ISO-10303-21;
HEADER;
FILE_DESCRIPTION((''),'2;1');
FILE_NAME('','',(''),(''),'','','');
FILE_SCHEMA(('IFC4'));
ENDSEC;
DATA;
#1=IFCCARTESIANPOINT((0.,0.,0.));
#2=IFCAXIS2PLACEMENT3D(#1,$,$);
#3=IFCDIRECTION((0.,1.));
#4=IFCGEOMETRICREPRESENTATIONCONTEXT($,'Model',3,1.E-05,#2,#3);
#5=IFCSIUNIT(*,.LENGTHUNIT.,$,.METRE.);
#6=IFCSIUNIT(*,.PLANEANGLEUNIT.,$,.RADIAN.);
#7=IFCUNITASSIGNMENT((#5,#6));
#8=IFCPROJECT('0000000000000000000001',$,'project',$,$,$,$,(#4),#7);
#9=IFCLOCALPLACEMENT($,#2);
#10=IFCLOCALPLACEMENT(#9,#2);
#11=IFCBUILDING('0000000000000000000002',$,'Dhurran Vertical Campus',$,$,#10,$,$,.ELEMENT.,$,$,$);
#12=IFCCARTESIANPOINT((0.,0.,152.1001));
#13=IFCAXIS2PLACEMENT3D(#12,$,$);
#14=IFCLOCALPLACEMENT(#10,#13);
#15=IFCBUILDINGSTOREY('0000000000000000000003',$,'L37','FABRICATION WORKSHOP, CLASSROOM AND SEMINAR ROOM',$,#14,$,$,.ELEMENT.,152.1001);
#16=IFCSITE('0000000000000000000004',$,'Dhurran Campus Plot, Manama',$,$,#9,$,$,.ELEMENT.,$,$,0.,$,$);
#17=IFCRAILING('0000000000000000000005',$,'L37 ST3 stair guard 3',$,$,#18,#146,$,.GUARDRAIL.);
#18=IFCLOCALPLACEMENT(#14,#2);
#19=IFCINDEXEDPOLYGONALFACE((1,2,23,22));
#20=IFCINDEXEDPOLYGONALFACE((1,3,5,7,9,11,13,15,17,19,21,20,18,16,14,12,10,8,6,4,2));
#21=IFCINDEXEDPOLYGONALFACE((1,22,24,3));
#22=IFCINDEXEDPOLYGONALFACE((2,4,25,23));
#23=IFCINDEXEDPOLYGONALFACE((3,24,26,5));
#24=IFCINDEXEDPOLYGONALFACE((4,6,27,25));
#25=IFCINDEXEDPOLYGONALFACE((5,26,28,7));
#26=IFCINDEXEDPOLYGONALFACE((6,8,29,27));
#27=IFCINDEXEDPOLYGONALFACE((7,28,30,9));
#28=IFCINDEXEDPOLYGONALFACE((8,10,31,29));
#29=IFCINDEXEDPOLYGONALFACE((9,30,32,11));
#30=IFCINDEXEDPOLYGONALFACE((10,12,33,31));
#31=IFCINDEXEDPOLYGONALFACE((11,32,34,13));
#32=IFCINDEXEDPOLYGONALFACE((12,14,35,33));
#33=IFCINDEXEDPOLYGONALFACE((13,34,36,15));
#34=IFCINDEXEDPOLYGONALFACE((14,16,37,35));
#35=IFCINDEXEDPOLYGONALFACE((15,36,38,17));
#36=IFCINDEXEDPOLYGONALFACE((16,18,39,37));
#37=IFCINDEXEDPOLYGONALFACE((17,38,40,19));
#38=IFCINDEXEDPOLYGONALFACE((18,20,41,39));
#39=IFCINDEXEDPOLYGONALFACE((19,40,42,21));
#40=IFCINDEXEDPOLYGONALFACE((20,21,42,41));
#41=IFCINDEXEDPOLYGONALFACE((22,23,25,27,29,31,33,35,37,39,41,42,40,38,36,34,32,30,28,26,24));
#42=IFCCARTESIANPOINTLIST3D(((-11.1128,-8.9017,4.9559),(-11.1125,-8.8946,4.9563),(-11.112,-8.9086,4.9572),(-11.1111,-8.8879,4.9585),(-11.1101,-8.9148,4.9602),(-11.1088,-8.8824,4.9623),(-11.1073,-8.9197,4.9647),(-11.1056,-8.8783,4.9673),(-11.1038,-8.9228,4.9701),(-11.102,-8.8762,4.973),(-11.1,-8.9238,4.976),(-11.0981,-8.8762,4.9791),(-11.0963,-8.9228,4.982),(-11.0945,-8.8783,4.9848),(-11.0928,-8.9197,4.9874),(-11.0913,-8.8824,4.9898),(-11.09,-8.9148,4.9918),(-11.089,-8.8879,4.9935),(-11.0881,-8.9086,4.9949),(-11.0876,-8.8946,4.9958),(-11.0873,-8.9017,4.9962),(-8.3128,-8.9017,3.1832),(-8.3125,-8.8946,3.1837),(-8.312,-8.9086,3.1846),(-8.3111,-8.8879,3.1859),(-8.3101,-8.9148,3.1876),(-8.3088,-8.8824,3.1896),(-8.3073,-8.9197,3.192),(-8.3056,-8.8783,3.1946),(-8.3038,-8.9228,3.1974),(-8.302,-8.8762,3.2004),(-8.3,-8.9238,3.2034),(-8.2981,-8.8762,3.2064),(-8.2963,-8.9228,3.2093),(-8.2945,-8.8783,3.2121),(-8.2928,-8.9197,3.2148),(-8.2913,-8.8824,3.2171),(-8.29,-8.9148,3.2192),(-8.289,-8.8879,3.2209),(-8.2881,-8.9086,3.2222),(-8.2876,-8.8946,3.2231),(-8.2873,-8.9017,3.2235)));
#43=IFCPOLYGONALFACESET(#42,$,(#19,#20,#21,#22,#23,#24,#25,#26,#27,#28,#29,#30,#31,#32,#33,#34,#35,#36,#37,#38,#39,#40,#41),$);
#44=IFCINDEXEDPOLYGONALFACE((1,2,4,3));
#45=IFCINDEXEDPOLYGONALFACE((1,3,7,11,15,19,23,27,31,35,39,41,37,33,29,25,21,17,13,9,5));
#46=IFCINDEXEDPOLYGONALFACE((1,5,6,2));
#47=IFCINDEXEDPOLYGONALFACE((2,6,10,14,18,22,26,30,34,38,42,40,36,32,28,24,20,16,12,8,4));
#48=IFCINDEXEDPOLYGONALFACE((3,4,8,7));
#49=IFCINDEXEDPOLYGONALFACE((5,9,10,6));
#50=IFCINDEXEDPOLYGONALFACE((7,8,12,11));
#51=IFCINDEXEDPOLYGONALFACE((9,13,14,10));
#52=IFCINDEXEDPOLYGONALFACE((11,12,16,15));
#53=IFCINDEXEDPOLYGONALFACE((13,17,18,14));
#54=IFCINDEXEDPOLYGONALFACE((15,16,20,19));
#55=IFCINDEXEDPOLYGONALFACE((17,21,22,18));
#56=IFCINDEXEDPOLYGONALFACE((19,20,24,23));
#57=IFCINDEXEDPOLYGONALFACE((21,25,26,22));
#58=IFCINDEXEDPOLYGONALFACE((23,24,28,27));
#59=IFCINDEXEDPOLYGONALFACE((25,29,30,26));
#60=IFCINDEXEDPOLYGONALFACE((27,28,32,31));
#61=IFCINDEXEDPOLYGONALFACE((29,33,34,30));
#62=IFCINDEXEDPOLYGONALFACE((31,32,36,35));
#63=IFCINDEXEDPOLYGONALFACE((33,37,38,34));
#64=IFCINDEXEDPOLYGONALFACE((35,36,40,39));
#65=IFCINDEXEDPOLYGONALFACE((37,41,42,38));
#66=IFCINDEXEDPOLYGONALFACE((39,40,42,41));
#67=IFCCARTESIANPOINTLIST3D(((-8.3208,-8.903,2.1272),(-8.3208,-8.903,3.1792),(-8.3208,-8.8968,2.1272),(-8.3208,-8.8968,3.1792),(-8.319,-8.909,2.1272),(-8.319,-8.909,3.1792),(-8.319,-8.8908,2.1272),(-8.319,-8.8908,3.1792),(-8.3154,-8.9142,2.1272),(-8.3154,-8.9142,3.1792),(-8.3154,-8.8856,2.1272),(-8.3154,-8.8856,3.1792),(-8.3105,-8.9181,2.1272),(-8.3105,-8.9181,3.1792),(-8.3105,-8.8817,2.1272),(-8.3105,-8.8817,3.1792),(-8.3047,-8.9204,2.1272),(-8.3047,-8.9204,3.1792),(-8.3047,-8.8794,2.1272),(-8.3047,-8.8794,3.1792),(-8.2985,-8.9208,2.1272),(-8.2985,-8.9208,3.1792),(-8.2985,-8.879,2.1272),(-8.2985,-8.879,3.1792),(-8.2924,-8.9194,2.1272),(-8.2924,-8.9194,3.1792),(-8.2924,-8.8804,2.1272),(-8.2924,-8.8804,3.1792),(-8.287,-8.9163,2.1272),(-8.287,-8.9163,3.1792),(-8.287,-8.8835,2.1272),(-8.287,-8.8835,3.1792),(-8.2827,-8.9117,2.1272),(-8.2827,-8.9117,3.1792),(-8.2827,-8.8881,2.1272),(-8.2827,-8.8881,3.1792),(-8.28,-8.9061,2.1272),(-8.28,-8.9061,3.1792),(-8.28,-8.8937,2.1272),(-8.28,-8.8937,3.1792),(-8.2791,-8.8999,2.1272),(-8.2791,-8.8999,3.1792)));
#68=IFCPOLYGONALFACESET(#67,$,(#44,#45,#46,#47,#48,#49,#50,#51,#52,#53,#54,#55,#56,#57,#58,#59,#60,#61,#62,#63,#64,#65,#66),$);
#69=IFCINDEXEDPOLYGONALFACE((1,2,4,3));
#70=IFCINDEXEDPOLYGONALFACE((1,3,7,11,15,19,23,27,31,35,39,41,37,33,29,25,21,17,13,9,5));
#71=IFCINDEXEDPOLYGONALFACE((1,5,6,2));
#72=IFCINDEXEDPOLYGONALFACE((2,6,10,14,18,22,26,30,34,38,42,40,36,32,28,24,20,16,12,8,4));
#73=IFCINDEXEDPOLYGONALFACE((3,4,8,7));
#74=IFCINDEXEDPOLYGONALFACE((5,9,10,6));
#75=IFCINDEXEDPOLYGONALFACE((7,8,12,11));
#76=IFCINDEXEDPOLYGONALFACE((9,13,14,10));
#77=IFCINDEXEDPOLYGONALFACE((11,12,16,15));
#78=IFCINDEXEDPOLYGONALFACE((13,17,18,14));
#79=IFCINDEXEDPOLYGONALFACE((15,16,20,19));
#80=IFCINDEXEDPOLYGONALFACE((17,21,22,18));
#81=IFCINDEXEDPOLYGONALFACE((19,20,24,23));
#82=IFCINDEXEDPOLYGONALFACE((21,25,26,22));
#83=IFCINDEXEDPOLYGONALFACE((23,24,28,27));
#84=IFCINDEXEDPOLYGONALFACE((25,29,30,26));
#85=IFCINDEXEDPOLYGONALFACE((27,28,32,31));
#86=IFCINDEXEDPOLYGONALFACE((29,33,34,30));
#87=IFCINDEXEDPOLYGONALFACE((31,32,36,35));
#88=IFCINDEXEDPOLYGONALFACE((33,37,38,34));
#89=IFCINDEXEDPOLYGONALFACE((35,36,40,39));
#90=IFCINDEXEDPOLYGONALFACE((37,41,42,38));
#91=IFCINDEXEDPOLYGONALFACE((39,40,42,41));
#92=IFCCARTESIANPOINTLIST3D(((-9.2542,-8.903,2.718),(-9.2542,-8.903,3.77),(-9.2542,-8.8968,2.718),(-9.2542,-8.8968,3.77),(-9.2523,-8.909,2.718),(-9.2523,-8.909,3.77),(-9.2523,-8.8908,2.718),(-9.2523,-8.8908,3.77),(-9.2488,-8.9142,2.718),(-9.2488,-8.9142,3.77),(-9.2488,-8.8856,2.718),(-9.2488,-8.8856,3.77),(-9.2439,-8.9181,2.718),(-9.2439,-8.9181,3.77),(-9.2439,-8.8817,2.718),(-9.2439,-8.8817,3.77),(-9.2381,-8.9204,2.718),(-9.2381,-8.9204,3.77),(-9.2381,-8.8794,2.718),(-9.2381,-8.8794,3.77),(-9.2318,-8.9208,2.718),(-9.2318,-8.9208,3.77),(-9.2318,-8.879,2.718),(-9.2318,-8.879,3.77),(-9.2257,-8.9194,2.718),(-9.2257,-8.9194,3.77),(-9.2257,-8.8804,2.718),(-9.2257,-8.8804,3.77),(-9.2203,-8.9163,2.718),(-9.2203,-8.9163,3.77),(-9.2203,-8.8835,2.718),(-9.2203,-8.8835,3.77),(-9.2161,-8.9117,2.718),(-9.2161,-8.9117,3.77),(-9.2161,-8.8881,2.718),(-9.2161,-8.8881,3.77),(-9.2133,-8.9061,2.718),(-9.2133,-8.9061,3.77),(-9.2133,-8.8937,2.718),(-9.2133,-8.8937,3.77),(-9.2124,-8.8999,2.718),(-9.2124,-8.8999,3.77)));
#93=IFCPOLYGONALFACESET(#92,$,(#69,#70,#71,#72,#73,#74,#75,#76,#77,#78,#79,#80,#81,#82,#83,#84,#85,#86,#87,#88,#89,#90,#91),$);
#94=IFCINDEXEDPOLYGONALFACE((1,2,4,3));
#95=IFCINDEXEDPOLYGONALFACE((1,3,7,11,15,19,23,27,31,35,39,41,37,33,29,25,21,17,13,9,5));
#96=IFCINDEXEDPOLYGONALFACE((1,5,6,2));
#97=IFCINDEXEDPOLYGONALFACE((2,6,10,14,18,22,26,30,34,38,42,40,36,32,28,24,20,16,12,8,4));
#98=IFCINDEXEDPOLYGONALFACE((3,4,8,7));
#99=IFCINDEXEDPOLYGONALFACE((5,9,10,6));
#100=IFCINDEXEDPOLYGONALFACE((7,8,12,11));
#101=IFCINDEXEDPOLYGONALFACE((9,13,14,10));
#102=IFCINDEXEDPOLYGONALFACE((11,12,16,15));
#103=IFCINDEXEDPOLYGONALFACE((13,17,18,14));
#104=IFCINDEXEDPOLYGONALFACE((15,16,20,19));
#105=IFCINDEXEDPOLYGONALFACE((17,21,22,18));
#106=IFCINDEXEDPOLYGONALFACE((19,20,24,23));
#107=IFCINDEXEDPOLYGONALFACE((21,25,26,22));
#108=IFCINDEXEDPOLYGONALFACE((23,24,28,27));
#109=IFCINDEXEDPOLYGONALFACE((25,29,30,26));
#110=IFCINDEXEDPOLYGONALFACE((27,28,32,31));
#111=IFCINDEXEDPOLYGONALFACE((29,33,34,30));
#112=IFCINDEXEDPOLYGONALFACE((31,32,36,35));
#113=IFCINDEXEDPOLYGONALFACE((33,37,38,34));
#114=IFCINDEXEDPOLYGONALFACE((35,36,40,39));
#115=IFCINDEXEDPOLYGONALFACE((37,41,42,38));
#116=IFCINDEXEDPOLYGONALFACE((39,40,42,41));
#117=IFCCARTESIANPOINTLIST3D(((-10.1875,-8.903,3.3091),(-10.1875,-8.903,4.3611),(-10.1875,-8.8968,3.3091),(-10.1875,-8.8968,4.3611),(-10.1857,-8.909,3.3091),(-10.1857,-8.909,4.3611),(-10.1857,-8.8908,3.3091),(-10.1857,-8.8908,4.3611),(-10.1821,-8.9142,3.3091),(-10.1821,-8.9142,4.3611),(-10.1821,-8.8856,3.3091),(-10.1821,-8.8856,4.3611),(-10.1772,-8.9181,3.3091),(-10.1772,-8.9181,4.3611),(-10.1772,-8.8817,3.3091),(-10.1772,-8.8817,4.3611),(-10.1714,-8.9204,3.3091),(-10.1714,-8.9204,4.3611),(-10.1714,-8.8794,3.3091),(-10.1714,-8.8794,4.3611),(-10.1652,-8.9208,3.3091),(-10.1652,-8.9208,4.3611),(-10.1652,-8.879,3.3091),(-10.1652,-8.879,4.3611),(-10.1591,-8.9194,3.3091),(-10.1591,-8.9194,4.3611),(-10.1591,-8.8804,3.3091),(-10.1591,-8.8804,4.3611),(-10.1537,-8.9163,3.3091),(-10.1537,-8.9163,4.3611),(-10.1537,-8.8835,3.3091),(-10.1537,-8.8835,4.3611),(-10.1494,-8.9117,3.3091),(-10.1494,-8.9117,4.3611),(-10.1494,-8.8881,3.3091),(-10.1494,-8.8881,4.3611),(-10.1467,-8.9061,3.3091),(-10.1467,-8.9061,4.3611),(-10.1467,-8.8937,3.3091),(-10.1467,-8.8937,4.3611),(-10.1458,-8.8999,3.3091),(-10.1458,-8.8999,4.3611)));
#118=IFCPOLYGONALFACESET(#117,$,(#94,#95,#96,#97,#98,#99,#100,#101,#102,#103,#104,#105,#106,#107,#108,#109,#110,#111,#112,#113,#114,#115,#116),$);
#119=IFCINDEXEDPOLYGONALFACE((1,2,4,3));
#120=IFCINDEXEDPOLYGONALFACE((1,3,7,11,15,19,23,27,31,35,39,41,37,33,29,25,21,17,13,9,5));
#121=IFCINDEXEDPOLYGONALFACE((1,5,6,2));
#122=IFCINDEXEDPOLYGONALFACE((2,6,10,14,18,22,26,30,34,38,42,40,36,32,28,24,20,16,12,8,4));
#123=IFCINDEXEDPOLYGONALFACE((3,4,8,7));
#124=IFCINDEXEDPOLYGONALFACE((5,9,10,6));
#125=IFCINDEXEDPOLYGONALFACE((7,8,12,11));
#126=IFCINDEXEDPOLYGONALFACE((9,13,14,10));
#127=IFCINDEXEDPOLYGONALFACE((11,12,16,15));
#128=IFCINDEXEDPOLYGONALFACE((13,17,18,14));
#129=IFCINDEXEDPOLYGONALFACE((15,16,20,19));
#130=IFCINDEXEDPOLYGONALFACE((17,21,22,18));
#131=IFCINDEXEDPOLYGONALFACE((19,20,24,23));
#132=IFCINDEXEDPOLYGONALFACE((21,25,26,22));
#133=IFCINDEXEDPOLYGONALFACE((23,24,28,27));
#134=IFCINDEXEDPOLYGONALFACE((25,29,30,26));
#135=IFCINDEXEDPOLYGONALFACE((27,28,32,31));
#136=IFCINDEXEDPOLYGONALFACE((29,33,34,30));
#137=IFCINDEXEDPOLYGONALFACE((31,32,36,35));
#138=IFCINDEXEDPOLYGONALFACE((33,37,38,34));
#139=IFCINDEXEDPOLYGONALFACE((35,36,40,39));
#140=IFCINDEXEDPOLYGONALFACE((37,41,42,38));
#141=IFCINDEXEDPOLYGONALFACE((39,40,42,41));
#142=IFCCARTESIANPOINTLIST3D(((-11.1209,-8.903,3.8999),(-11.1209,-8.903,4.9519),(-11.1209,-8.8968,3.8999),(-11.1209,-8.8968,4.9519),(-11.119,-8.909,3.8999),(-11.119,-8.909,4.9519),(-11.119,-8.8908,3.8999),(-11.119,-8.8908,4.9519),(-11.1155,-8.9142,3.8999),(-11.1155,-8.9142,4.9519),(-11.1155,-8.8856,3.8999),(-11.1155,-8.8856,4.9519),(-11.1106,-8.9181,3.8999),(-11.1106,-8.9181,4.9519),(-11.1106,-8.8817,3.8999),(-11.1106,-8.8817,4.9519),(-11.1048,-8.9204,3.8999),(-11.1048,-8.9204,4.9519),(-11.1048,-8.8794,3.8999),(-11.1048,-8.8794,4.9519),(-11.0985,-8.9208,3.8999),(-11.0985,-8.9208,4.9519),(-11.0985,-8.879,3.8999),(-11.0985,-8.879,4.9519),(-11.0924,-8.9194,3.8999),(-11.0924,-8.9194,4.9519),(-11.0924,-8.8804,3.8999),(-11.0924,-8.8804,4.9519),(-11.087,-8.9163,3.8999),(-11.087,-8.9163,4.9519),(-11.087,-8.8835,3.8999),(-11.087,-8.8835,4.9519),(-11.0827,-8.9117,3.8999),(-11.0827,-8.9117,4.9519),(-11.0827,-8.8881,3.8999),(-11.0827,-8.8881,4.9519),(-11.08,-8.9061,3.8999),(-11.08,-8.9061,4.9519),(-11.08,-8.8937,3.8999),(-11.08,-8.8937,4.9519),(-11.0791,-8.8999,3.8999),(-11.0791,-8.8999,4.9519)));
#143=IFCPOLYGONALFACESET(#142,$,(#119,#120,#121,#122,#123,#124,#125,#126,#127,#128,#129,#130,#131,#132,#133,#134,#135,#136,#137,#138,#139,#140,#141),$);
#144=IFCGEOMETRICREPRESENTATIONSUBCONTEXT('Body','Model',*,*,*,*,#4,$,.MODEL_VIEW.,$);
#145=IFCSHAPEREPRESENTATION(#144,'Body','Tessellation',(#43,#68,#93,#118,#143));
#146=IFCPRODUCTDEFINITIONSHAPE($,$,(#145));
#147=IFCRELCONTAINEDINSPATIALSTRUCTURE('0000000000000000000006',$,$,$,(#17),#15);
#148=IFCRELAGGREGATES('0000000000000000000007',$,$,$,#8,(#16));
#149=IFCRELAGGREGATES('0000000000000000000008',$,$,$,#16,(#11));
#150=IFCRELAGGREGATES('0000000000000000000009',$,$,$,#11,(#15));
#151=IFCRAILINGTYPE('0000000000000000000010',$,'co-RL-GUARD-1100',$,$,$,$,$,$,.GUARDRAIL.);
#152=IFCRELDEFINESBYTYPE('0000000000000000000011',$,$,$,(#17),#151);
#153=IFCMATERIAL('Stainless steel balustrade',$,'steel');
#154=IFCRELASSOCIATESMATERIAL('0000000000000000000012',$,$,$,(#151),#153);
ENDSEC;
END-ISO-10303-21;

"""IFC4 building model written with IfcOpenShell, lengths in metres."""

from ifc_helpers import new_model, si_unit, direction, frame, origin, origin_2d, place, context, subcontext, project, spatial, circle, extrude, material, type_object, element, save


model = new_model("IFC4")

# Units and contexts
model_context = context("Model", 3, precision=1e-05, world=origin(), true_north=direction((0.0, 1.0)))
body_context = subcontext(model_context, "Body", "Model", "MODEL_VIEW")
ifc_project = project(units=[si_unit("LENGTHUNIT", "METRE"), si_unit("PLANEANGLEUNIT", "RADIAN")], contexts=[model_context])

# Site, building, storey
site_placement = place(None, origin())
site = spatial("IfcSite", under=ifc_project, at=site_placement, Name="Dhurran Campus Plot, Manama", CompositionType="ELEMENT", RefElevation=0.0)
building_placement = place(site_placement, origin())
building = spatial("IfcBuilding", under=site, at=building_placement, Name="Dhurran Vertical Campus", CompositionType="ELEMENT")
storey_placement = place(building_placement, frame((0.0, 0.0, 152.1001)))
storey = spatial("IfcBuildingStorey", under=building, at=storey_placement, Name="L37", Description="FABRICATION WORKSHOP, CLASSROOM AND SEMINAR ROOM", CompositionType="ELEMENT", Elevation=152.1001)

# Railing
ifc_material_1 = material(Name="Stainless steel balustrade", Category="steel")
railing_type_1 = type_object("IfcRailingType", Name="co-RL-GUARD-1100", PredefinedType="GUARDRAIL", material=ifc_material_1)
railing_1_placement = place(storey_placement, frame((-8.3, -8.8999, 2.1272)))
element("IfcRailing", 1, at=railing_1_placement, inside=storey, type_object=railing_type_1, Name="L37 ST3 stair guard 3", PredefinedType="GUARDRAIL", context=body_context, shape_type="SweptSolid", body=[
    extrude(circle(Radius=0.0239, at=origin_2d()), frame((0.0, 0.0, 1.0762), z_axis=(-0.844909, 0.0, 0.53491), x_axis=(0.0, -1.0, 0.0)), (0.0, 0.0, 1.0), 3.314),
    extrude(circle(Radius=0.021, at=origin_2d()), origin(), (0.0, 0.0, 1.0), 1.052),
    extrude(circle(Radius=0.021, at=origin_2d()), frame((-0.9333, 0.0, 0.5908)), (0.0, 0.0, 1.0), 1.052),
    extrude(circle(Radius=0.021, at=origin_2d()), frame((-1.8667, 0.0, 1.1819)), (0.0, 0.0, 1.0), 1.052),
    extrude(circle(Radius=0.021, at=origin_2d()), frame((-2.8, 0.0, 1.7727)), (0.0, 0.0, 1.0), 1.052),
])

save(model, "model.ifc")
